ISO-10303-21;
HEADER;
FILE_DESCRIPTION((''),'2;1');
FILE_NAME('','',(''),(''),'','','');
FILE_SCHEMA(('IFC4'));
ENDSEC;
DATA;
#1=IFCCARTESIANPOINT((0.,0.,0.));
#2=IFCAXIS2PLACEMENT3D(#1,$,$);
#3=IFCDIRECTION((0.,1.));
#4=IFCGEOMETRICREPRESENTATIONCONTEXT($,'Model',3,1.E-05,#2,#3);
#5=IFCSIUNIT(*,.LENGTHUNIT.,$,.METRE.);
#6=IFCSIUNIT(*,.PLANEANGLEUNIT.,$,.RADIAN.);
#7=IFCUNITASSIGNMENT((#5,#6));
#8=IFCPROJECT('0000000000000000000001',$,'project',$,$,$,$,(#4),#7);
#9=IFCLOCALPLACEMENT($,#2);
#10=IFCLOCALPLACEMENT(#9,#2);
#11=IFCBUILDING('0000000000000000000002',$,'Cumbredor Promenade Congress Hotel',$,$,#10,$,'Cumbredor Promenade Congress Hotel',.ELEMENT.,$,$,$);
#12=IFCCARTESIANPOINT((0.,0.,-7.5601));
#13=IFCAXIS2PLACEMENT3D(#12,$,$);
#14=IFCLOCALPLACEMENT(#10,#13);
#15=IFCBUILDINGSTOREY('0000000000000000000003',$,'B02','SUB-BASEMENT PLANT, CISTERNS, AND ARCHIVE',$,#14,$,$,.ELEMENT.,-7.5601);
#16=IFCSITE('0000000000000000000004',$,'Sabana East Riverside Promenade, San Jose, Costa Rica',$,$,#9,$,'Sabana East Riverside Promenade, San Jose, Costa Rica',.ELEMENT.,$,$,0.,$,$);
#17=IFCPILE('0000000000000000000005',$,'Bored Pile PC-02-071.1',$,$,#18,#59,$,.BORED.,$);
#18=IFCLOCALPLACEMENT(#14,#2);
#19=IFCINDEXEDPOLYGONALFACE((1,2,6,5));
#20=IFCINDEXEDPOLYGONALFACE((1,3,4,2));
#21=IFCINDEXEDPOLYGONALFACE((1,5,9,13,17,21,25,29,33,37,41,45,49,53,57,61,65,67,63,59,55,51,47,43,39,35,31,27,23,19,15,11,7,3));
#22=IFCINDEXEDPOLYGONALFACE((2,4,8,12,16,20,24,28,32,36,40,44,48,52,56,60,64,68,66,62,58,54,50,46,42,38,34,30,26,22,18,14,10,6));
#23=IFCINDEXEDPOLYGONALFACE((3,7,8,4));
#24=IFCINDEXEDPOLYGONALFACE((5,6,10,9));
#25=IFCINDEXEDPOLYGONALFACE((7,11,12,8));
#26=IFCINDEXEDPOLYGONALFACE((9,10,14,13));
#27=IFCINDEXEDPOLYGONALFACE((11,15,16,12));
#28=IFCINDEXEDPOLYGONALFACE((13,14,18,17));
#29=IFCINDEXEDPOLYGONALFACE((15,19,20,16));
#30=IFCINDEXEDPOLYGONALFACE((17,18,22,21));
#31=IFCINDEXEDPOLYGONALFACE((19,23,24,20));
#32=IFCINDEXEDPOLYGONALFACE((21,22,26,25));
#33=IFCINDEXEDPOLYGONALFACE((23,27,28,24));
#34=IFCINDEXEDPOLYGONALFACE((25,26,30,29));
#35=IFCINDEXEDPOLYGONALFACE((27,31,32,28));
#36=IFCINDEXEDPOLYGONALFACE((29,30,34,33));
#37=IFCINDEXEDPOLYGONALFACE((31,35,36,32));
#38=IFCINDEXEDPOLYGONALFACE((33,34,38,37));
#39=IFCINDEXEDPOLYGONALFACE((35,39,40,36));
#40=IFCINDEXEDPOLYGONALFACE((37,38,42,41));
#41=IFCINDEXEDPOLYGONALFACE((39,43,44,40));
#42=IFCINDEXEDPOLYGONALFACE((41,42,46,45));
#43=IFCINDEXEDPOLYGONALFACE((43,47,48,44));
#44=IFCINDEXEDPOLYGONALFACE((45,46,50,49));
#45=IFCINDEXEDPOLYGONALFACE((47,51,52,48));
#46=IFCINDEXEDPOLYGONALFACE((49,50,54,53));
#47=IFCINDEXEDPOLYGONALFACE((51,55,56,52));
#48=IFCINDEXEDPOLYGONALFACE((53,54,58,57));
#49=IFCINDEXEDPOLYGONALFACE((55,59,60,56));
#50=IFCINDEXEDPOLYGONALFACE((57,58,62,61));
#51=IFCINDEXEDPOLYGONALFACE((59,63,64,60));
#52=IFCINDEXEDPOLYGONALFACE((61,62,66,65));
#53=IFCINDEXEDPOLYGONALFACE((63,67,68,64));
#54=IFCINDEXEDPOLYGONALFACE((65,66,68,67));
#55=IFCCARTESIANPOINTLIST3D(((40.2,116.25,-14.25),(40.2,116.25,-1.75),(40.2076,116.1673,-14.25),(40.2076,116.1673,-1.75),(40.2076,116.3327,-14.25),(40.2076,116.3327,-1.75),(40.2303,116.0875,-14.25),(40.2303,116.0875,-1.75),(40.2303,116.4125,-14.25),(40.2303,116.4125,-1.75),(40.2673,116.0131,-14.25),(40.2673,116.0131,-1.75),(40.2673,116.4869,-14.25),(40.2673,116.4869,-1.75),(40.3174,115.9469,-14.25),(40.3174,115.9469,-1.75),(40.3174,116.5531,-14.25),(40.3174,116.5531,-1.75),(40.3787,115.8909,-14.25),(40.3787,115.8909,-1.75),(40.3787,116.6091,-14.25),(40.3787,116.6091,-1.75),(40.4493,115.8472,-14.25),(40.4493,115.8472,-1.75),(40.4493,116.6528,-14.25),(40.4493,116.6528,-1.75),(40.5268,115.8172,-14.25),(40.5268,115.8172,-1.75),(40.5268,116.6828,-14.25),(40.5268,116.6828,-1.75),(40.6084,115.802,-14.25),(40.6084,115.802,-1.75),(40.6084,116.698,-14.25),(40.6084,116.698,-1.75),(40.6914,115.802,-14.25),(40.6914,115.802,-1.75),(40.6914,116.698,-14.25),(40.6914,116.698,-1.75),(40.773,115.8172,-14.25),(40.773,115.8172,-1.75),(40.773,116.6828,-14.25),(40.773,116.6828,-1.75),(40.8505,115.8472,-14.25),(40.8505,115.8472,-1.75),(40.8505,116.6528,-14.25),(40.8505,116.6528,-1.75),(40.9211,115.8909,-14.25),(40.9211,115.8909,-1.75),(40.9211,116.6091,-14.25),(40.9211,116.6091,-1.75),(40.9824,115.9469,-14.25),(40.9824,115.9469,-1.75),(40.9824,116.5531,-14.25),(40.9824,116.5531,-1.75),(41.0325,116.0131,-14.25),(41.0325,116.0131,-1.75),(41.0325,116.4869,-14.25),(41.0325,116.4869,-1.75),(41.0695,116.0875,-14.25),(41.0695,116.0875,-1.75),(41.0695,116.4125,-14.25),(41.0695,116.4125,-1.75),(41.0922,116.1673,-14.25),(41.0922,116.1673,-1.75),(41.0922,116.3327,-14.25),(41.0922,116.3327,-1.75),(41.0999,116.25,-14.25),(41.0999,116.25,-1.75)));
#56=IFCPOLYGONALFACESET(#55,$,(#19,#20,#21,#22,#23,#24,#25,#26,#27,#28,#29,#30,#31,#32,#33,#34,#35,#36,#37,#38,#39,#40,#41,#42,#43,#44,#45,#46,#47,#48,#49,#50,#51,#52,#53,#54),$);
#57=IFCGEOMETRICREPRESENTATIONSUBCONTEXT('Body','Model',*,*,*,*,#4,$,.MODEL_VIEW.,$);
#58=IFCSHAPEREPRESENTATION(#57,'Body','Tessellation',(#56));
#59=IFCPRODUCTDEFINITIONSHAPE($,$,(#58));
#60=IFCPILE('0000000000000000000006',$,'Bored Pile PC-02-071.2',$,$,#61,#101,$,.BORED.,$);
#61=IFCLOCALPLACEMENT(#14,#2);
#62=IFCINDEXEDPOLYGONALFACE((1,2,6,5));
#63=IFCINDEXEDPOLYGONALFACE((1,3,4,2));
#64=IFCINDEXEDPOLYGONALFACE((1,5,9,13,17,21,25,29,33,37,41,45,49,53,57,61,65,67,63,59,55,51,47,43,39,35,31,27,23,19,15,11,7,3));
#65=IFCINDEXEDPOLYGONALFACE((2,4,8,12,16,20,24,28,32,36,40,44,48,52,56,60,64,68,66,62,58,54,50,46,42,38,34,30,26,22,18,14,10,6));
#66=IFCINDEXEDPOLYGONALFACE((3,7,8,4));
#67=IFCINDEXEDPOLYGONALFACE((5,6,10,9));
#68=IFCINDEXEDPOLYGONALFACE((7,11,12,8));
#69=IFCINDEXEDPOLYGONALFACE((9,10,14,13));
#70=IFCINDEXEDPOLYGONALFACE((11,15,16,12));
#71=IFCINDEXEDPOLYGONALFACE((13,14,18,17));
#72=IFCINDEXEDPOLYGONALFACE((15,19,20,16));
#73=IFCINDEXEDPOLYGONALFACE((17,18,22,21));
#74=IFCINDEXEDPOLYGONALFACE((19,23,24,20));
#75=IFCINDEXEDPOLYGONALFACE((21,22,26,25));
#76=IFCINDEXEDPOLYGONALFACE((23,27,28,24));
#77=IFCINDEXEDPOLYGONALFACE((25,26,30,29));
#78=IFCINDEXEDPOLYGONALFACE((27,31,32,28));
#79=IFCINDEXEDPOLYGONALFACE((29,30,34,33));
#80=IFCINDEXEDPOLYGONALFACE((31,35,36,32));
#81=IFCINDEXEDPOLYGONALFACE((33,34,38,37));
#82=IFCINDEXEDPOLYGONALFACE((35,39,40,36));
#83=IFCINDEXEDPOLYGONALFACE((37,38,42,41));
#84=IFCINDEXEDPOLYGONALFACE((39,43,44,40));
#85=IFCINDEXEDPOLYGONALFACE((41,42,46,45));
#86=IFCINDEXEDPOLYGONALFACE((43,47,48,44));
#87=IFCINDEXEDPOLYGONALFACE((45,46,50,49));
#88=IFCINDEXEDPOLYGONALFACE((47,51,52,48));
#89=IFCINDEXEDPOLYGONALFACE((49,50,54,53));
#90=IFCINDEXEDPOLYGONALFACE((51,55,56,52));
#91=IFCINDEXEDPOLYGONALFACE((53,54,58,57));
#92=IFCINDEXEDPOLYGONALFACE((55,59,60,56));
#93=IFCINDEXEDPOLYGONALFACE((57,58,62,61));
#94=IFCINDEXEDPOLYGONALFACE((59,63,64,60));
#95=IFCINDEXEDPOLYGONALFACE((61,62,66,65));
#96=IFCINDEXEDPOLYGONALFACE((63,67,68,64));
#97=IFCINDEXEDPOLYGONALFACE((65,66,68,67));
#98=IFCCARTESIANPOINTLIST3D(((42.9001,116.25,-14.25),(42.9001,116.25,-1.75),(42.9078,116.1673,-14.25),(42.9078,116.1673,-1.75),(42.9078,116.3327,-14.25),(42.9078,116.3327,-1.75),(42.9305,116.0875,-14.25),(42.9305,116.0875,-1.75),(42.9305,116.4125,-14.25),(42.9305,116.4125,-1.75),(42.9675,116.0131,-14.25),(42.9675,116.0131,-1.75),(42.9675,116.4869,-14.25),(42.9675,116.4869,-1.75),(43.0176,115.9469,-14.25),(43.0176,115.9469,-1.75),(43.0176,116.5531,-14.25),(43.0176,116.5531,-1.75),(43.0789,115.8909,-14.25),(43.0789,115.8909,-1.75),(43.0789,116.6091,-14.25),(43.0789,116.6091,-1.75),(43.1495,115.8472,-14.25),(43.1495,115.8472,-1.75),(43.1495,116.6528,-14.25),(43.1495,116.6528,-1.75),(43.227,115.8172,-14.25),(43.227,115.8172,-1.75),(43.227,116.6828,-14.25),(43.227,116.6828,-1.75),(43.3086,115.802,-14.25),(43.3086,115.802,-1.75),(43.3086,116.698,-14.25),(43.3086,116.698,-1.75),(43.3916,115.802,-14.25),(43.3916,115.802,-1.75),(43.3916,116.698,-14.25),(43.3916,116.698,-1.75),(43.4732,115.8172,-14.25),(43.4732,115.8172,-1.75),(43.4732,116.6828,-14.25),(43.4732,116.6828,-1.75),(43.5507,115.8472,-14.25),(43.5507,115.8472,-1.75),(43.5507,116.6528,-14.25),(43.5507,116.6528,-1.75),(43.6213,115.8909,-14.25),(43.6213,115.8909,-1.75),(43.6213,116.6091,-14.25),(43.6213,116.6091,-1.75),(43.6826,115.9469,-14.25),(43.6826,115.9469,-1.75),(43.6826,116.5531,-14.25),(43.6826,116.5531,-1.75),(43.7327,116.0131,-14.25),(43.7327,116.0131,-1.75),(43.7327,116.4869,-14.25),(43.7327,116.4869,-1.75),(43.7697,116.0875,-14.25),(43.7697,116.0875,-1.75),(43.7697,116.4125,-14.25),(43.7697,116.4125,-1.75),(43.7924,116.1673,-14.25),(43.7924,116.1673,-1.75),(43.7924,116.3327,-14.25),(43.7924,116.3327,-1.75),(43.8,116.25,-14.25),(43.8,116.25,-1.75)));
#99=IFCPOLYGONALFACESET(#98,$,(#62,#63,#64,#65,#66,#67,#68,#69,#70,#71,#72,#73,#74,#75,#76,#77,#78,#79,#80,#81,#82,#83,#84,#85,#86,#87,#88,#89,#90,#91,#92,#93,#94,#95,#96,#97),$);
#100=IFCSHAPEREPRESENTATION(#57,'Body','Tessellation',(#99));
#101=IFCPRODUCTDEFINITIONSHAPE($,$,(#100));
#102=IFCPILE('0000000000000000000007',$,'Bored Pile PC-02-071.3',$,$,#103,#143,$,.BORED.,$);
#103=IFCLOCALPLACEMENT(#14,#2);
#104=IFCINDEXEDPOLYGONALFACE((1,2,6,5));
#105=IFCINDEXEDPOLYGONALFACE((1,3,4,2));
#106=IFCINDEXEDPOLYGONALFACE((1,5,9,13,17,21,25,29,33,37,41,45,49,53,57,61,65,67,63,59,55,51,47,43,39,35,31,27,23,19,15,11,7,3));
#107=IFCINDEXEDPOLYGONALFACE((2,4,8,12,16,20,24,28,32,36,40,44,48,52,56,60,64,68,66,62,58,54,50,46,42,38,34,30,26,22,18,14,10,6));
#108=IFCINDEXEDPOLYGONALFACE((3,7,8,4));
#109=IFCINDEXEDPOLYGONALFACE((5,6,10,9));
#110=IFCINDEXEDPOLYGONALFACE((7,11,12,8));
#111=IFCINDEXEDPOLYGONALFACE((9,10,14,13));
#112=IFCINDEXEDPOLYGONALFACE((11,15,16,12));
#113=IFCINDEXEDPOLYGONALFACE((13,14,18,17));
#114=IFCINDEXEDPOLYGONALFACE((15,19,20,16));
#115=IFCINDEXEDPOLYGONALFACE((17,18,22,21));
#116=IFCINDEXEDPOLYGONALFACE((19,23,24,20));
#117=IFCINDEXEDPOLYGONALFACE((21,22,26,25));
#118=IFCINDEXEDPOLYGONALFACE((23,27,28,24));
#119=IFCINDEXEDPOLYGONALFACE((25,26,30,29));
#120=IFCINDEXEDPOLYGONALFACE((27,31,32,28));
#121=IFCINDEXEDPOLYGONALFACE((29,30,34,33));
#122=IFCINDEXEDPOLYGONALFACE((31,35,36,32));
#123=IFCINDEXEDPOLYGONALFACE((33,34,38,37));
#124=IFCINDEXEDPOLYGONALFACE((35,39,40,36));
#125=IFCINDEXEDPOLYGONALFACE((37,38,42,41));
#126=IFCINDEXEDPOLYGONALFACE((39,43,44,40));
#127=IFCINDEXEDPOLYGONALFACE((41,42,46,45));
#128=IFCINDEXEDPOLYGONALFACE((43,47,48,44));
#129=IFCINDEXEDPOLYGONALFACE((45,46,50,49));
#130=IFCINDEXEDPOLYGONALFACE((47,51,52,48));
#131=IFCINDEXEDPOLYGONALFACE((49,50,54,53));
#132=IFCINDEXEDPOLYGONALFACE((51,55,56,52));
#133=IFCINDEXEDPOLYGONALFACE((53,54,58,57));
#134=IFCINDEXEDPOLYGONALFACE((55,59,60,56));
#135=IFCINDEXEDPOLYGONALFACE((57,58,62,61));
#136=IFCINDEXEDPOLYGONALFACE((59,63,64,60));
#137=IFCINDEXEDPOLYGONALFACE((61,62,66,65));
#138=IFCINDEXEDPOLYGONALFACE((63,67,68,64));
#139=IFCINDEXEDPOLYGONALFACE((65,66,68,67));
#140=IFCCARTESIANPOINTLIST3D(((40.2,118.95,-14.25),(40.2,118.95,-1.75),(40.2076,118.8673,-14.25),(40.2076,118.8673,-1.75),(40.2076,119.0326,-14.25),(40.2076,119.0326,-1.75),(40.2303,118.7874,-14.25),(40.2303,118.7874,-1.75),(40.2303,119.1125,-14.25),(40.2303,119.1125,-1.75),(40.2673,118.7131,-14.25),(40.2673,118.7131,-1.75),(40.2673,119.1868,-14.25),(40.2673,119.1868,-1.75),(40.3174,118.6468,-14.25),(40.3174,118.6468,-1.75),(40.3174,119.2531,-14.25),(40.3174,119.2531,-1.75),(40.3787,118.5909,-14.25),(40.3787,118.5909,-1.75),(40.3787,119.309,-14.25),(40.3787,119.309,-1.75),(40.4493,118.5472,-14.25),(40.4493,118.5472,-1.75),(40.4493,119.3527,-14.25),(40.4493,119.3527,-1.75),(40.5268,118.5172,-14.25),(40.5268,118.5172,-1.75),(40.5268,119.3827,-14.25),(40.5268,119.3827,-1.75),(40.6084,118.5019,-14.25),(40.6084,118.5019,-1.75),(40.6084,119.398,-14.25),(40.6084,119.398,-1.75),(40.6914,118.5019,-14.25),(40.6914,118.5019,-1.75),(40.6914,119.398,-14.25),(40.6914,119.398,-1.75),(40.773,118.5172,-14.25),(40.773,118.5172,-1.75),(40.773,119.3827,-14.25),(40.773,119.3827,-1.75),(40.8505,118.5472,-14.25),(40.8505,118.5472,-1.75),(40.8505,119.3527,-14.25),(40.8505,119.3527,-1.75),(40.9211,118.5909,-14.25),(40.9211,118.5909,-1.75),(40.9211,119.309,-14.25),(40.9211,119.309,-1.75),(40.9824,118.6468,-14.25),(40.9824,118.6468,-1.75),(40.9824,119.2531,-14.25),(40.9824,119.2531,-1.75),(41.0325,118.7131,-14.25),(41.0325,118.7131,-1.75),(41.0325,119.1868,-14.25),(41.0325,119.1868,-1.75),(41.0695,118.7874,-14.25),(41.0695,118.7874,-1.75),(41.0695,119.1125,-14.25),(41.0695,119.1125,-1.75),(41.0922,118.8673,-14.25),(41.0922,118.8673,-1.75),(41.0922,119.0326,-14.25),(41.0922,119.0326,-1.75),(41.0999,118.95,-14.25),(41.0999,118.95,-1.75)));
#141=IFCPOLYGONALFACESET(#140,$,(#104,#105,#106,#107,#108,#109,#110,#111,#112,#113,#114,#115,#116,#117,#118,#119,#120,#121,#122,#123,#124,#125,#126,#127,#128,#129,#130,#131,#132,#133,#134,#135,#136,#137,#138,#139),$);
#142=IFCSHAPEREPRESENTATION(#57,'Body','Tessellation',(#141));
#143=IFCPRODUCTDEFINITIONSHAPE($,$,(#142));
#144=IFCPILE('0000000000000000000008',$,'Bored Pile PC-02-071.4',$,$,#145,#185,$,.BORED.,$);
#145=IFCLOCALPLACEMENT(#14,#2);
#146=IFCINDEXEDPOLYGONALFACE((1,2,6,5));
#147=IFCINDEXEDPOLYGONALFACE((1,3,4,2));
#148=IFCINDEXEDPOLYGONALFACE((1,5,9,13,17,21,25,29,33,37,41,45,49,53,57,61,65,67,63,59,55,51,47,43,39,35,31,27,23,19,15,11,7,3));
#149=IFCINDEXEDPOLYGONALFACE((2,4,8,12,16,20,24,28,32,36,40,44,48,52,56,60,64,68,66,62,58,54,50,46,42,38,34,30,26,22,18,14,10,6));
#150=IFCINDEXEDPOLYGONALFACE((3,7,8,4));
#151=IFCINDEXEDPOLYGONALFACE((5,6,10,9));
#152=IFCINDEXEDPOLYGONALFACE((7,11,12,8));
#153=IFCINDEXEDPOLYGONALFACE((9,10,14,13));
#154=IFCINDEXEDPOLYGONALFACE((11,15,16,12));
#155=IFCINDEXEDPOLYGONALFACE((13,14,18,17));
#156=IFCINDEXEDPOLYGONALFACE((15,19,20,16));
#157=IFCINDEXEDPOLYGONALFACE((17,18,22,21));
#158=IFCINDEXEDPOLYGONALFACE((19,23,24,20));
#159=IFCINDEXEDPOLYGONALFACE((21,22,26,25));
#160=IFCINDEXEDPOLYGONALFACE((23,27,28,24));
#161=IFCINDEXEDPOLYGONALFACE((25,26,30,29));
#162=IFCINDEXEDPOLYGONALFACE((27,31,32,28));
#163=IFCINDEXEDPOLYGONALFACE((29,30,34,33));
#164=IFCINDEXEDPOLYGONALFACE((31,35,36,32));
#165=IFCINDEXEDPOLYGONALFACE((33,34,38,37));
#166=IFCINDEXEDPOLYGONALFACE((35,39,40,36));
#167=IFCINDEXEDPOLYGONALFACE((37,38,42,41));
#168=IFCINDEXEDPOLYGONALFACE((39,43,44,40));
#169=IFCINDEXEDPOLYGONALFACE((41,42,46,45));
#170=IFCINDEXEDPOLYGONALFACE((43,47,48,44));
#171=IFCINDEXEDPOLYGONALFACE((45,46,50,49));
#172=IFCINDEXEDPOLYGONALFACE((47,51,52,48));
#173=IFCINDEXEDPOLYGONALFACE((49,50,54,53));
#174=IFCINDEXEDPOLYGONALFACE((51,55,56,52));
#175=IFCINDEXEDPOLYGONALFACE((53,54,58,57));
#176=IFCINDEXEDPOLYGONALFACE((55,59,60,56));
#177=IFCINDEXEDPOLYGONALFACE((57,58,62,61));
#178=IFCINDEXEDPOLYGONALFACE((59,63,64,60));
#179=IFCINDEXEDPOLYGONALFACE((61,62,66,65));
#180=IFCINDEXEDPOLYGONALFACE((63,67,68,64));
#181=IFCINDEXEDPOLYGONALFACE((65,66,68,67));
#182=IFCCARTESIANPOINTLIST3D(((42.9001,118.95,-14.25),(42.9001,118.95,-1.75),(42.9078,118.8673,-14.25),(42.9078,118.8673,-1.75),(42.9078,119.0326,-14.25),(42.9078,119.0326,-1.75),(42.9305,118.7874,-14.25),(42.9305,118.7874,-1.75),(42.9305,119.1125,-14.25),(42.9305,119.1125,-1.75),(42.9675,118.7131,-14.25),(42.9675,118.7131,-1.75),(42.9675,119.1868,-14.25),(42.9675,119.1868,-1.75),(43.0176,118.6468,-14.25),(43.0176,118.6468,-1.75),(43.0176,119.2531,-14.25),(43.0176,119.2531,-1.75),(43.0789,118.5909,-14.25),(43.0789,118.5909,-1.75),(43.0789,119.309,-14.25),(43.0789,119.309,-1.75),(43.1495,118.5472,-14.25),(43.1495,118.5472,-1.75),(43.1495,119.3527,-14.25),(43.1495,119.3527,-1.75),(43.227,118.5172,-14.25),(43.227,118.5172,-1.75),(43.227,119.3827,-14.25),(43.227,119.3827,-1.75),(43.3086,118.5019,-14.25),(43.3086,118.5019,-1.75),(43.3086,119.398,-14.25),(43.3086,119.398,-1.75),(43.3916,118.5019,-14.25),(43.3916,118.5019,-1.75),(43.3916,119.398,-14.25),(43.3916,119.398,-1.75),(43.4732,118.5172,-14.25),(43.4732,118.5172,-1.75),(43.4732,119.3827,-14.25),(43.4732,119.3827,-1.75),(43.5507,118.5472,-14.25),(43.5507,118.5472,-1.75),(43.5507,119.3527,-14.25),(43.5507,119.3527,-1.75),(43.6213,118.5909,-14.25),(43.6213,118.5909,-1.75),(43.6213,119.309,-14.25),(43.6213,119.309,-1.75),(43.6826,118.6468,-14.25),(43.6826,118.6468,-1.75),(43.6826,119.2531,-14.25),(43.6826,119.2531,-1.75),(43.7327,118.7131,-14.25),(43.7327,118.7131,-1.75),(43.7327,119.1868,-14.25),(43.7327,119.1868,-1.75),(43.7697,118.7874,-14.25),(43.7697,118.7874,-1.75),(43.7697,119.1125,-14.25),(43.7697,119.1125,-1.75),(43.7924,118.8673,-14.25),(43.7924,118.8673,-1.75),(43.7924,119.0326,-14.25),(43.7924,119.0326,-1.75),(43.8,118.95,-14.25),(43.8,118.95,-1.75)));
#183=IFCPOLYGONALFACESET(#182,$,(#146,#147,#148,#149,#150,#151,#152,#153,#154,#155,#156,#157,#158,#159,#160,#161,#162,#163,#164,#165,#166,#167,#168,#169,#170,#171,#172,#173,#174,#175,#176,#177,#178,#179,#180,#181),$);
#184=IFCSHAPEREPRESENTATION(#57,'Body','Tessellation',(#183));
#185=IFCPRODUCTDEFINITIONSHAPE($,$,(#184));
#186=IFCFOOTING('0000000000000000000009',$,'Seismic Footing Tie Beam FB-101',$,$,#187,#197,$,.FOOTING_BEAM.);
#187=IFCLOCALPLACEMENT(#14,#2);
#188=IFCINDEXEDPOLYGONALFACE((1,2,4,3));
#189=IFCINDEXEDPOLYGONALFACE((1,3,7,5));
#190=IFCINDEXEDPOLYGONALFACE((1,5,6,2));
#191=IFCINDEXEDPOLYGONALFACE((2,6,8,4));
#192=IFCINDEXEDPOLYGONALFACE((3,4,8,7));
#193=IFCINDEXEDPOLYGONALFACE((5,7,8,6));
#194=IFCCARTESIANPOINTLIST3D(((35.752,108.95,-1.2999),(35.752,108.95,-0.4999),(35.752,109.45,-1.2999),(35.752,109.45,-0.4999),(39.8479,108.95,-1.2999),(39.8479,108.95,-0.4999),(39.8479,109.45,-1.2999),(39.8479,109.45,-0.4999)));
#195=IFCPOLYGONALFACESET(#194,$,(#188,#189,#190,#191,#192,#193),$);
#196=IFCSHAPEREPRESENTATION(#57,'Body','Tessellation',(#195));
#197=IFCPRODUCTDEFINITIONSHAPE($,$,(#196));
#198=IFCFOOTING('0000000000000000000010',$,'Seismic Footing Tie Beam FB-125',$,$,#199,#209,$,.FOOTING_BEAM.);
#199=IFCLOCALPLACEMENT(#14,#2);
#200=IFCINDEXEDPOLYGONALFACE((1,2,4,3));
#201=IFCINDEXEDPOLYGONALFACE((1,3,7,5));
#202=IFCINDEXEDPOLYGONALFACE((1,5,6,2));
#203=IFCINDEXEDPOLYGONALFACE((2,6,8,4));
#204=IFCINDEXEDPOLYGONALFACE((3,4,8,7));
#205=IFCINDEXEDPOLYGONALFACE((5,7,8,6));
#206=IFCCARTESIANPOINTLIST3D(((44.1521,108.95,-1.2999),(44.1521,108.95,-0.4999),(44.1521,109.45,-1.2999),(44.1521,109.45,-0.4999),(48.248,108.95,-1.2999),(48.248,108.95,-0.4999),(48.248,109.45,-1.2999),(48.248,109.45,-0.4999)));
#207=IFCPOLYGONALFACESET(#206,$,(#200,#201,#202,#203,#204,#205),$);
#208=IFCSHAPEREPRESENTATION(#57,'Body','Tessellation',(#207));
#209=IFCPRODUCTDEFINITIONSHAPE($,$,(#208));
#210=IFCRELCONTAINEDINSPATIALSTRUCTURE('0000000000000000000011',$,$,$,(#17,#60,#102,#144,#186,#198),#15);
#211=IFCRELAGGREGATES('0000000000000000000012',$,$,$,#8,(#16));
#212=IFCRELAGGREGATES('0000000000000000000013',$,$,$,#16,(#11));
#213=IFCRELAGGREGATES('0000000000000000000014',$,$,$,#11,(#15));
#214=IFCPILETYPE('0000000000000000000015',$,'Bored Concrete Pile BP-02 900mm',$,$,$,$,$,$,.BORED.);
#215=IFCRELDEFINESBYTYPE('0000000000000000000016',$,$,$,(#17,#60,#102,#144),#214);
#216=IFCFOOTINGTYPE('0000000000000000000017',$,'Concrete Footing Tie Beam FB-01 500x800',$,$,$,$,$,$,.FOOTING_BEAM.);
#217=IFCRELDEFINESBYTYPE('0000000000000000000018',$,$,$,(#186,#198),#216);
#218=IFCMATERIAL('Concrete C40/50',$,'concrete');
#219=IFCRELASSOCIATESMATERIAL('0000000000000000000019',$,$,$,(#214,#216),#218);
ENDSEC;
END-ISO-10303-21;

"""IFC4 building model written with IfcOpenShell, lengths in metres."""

from ifc_helpers import new_model, si_unit, direction, frame, origin, origin_2d, place, context, subcontext, project, spatial, rectangle, circle, extrude, material, material_profile, profile_set, type_object, element, save


model = new_model("IFC4")

# Units and contexts
model_context = context("Model", 3, precision=1e-05, world=origin(), true_north=direction((0.0, 1.0)))
body_context = subcontext(model_context, "Body", "Model", "MODEL_VIEW")
ifc_project = project(units=[si_unit("LENGTHUNIT", "METRE"), si_unit("PLANEANGLEUNIT", "RADIAN")], contexts=[model_context])

# Site, building, storey
site_placement = place(None, origin())
site = spatial("IfcSite", under=ifc_project, at=site_placement, Name="Sabana East Riverside Promenade, San Jose, Costa Rica", LongName="Sabana East Riverside Promenade, San Jose, Costa Rica", CompositionType="ELEMENT", RefElevation=0.0)
building_placement = place(site_placement, origin())
building = spatial("IfcBuilding", under=site, at=building_placement, Name="Cumbredor Promenade Congress Hotel", LongName="Cumbredor Promenade Congress Hotel", CompositionType="ELEMENT")
storey_placement = place(building_placement, frame((0.0, 0.0, -7.5601)))
storey = spatial("IfcBuildingStorey", under=building, at=storey_placement, Name="B02", Description="SUB-BASEMENT PLANT, CISTERNS, AND ARCHIVE", CompositionType="ELEMENT", Elevation=-7.5601)

# Piles
ifc_material_1 = material(Name="Concrete C40/50", Category="concrete")
ifc_material_profile_1 = material_profile(ifc_material_1, circle(Radius=0.45, at=origin_2d()), Name="PILE D900")
ifc_profile_set_1 = profile_set([ifc_material_profile_1], Name="Concrete C40/50")
pile_type = type_object("IfcPileType", Name="Bored Concrete Pile BP-02 900mm", PredefinedType="BORED", material=ifc_profile_set_1)
for number, where, z_axis, x_axis, name in (
    (1, (40.6499, 116.25, -1.75), (0.0, 0.0, -1.0), (1.0, 0.0, 0.0), "Bored Pile PC-02-071.1"),
    (2, (43.3501, 116.25, -1.75), (0.0, 0.0, -1.0), (1.0, 0.0, 0.0), "Bored Pile PC-02-071.2"),
    (3, (40.6499, 118.95, -1.75), (0.0, 0.0, -1.0), (1.0, 0.0, 0.0), "Bored Pile PC-02-071.3"),
    (4, (43.3501, 118.95, -1.75), (0.0, 0.0, -1.0), (1.0, 0.0, 0.0), "Bored Pile PC-02-071.4"),
):
    element("IfcPile", number, at=place(storey_placement, frame(where, z_axis=z_axis, x_axis=x_axis)), inside=storey, type_object=pile_type, Name=name, PredefinedType="BORED", context=body_context, shape_type="SweptSolid", body=[
        extrude(circle(Radius=0.45, at=origin_2d()), origin(), (0.0, 0.0, 1.0), 12.5),
    ])

# Footings
ifc_material_profile_2 = material_profile(ifc_material_1, rectangle(XDim=0.5, YDim=0.8, at=origin_2d()), Name="FB 500x800")
ifc_profile_set_2 = profile_set([ifc_material_profile_2], Name="Concrete C40/50")
footing_type_1 = type_object("IfcFootingType", Name="Concrete Footing Tie Beam FB-01 500x800", PredefinedType="FOOTING_BEAM", material=ifc_profile_set_2)
for number, where, z_axis, x_axis, name in (
    (5, (35.752, 109.2, -0.8999), (1.0, 0.0, 0.0), (0.0, 1.0, 0.0), "Seismic Footing Tie Beam FB-101"),
    (6, (44.1521, 109.2, -0.8999), (1.0, 0.0, 0.0), (0.0, 1.0, 0.0), "Seismic Footing Tie Beam FB-125"),
):
    element("IfcFooting", number, at=place(storey_placement, frame(where, z_axis=z_axis, x_axis=x_axis)), inside=storey, type_object=footing_type_1, Name=name, PredefinedType="FOOTING_BEAM", context=body_context, shape_type="SweptSolid", body=[
        extrude(rectangle(XDim=0.5, YDim=0.8, at=origin_2d()), origin(), (0.0, 0.0, 1.0), 4.0959),
    ])

save(model, "model.ifc")
